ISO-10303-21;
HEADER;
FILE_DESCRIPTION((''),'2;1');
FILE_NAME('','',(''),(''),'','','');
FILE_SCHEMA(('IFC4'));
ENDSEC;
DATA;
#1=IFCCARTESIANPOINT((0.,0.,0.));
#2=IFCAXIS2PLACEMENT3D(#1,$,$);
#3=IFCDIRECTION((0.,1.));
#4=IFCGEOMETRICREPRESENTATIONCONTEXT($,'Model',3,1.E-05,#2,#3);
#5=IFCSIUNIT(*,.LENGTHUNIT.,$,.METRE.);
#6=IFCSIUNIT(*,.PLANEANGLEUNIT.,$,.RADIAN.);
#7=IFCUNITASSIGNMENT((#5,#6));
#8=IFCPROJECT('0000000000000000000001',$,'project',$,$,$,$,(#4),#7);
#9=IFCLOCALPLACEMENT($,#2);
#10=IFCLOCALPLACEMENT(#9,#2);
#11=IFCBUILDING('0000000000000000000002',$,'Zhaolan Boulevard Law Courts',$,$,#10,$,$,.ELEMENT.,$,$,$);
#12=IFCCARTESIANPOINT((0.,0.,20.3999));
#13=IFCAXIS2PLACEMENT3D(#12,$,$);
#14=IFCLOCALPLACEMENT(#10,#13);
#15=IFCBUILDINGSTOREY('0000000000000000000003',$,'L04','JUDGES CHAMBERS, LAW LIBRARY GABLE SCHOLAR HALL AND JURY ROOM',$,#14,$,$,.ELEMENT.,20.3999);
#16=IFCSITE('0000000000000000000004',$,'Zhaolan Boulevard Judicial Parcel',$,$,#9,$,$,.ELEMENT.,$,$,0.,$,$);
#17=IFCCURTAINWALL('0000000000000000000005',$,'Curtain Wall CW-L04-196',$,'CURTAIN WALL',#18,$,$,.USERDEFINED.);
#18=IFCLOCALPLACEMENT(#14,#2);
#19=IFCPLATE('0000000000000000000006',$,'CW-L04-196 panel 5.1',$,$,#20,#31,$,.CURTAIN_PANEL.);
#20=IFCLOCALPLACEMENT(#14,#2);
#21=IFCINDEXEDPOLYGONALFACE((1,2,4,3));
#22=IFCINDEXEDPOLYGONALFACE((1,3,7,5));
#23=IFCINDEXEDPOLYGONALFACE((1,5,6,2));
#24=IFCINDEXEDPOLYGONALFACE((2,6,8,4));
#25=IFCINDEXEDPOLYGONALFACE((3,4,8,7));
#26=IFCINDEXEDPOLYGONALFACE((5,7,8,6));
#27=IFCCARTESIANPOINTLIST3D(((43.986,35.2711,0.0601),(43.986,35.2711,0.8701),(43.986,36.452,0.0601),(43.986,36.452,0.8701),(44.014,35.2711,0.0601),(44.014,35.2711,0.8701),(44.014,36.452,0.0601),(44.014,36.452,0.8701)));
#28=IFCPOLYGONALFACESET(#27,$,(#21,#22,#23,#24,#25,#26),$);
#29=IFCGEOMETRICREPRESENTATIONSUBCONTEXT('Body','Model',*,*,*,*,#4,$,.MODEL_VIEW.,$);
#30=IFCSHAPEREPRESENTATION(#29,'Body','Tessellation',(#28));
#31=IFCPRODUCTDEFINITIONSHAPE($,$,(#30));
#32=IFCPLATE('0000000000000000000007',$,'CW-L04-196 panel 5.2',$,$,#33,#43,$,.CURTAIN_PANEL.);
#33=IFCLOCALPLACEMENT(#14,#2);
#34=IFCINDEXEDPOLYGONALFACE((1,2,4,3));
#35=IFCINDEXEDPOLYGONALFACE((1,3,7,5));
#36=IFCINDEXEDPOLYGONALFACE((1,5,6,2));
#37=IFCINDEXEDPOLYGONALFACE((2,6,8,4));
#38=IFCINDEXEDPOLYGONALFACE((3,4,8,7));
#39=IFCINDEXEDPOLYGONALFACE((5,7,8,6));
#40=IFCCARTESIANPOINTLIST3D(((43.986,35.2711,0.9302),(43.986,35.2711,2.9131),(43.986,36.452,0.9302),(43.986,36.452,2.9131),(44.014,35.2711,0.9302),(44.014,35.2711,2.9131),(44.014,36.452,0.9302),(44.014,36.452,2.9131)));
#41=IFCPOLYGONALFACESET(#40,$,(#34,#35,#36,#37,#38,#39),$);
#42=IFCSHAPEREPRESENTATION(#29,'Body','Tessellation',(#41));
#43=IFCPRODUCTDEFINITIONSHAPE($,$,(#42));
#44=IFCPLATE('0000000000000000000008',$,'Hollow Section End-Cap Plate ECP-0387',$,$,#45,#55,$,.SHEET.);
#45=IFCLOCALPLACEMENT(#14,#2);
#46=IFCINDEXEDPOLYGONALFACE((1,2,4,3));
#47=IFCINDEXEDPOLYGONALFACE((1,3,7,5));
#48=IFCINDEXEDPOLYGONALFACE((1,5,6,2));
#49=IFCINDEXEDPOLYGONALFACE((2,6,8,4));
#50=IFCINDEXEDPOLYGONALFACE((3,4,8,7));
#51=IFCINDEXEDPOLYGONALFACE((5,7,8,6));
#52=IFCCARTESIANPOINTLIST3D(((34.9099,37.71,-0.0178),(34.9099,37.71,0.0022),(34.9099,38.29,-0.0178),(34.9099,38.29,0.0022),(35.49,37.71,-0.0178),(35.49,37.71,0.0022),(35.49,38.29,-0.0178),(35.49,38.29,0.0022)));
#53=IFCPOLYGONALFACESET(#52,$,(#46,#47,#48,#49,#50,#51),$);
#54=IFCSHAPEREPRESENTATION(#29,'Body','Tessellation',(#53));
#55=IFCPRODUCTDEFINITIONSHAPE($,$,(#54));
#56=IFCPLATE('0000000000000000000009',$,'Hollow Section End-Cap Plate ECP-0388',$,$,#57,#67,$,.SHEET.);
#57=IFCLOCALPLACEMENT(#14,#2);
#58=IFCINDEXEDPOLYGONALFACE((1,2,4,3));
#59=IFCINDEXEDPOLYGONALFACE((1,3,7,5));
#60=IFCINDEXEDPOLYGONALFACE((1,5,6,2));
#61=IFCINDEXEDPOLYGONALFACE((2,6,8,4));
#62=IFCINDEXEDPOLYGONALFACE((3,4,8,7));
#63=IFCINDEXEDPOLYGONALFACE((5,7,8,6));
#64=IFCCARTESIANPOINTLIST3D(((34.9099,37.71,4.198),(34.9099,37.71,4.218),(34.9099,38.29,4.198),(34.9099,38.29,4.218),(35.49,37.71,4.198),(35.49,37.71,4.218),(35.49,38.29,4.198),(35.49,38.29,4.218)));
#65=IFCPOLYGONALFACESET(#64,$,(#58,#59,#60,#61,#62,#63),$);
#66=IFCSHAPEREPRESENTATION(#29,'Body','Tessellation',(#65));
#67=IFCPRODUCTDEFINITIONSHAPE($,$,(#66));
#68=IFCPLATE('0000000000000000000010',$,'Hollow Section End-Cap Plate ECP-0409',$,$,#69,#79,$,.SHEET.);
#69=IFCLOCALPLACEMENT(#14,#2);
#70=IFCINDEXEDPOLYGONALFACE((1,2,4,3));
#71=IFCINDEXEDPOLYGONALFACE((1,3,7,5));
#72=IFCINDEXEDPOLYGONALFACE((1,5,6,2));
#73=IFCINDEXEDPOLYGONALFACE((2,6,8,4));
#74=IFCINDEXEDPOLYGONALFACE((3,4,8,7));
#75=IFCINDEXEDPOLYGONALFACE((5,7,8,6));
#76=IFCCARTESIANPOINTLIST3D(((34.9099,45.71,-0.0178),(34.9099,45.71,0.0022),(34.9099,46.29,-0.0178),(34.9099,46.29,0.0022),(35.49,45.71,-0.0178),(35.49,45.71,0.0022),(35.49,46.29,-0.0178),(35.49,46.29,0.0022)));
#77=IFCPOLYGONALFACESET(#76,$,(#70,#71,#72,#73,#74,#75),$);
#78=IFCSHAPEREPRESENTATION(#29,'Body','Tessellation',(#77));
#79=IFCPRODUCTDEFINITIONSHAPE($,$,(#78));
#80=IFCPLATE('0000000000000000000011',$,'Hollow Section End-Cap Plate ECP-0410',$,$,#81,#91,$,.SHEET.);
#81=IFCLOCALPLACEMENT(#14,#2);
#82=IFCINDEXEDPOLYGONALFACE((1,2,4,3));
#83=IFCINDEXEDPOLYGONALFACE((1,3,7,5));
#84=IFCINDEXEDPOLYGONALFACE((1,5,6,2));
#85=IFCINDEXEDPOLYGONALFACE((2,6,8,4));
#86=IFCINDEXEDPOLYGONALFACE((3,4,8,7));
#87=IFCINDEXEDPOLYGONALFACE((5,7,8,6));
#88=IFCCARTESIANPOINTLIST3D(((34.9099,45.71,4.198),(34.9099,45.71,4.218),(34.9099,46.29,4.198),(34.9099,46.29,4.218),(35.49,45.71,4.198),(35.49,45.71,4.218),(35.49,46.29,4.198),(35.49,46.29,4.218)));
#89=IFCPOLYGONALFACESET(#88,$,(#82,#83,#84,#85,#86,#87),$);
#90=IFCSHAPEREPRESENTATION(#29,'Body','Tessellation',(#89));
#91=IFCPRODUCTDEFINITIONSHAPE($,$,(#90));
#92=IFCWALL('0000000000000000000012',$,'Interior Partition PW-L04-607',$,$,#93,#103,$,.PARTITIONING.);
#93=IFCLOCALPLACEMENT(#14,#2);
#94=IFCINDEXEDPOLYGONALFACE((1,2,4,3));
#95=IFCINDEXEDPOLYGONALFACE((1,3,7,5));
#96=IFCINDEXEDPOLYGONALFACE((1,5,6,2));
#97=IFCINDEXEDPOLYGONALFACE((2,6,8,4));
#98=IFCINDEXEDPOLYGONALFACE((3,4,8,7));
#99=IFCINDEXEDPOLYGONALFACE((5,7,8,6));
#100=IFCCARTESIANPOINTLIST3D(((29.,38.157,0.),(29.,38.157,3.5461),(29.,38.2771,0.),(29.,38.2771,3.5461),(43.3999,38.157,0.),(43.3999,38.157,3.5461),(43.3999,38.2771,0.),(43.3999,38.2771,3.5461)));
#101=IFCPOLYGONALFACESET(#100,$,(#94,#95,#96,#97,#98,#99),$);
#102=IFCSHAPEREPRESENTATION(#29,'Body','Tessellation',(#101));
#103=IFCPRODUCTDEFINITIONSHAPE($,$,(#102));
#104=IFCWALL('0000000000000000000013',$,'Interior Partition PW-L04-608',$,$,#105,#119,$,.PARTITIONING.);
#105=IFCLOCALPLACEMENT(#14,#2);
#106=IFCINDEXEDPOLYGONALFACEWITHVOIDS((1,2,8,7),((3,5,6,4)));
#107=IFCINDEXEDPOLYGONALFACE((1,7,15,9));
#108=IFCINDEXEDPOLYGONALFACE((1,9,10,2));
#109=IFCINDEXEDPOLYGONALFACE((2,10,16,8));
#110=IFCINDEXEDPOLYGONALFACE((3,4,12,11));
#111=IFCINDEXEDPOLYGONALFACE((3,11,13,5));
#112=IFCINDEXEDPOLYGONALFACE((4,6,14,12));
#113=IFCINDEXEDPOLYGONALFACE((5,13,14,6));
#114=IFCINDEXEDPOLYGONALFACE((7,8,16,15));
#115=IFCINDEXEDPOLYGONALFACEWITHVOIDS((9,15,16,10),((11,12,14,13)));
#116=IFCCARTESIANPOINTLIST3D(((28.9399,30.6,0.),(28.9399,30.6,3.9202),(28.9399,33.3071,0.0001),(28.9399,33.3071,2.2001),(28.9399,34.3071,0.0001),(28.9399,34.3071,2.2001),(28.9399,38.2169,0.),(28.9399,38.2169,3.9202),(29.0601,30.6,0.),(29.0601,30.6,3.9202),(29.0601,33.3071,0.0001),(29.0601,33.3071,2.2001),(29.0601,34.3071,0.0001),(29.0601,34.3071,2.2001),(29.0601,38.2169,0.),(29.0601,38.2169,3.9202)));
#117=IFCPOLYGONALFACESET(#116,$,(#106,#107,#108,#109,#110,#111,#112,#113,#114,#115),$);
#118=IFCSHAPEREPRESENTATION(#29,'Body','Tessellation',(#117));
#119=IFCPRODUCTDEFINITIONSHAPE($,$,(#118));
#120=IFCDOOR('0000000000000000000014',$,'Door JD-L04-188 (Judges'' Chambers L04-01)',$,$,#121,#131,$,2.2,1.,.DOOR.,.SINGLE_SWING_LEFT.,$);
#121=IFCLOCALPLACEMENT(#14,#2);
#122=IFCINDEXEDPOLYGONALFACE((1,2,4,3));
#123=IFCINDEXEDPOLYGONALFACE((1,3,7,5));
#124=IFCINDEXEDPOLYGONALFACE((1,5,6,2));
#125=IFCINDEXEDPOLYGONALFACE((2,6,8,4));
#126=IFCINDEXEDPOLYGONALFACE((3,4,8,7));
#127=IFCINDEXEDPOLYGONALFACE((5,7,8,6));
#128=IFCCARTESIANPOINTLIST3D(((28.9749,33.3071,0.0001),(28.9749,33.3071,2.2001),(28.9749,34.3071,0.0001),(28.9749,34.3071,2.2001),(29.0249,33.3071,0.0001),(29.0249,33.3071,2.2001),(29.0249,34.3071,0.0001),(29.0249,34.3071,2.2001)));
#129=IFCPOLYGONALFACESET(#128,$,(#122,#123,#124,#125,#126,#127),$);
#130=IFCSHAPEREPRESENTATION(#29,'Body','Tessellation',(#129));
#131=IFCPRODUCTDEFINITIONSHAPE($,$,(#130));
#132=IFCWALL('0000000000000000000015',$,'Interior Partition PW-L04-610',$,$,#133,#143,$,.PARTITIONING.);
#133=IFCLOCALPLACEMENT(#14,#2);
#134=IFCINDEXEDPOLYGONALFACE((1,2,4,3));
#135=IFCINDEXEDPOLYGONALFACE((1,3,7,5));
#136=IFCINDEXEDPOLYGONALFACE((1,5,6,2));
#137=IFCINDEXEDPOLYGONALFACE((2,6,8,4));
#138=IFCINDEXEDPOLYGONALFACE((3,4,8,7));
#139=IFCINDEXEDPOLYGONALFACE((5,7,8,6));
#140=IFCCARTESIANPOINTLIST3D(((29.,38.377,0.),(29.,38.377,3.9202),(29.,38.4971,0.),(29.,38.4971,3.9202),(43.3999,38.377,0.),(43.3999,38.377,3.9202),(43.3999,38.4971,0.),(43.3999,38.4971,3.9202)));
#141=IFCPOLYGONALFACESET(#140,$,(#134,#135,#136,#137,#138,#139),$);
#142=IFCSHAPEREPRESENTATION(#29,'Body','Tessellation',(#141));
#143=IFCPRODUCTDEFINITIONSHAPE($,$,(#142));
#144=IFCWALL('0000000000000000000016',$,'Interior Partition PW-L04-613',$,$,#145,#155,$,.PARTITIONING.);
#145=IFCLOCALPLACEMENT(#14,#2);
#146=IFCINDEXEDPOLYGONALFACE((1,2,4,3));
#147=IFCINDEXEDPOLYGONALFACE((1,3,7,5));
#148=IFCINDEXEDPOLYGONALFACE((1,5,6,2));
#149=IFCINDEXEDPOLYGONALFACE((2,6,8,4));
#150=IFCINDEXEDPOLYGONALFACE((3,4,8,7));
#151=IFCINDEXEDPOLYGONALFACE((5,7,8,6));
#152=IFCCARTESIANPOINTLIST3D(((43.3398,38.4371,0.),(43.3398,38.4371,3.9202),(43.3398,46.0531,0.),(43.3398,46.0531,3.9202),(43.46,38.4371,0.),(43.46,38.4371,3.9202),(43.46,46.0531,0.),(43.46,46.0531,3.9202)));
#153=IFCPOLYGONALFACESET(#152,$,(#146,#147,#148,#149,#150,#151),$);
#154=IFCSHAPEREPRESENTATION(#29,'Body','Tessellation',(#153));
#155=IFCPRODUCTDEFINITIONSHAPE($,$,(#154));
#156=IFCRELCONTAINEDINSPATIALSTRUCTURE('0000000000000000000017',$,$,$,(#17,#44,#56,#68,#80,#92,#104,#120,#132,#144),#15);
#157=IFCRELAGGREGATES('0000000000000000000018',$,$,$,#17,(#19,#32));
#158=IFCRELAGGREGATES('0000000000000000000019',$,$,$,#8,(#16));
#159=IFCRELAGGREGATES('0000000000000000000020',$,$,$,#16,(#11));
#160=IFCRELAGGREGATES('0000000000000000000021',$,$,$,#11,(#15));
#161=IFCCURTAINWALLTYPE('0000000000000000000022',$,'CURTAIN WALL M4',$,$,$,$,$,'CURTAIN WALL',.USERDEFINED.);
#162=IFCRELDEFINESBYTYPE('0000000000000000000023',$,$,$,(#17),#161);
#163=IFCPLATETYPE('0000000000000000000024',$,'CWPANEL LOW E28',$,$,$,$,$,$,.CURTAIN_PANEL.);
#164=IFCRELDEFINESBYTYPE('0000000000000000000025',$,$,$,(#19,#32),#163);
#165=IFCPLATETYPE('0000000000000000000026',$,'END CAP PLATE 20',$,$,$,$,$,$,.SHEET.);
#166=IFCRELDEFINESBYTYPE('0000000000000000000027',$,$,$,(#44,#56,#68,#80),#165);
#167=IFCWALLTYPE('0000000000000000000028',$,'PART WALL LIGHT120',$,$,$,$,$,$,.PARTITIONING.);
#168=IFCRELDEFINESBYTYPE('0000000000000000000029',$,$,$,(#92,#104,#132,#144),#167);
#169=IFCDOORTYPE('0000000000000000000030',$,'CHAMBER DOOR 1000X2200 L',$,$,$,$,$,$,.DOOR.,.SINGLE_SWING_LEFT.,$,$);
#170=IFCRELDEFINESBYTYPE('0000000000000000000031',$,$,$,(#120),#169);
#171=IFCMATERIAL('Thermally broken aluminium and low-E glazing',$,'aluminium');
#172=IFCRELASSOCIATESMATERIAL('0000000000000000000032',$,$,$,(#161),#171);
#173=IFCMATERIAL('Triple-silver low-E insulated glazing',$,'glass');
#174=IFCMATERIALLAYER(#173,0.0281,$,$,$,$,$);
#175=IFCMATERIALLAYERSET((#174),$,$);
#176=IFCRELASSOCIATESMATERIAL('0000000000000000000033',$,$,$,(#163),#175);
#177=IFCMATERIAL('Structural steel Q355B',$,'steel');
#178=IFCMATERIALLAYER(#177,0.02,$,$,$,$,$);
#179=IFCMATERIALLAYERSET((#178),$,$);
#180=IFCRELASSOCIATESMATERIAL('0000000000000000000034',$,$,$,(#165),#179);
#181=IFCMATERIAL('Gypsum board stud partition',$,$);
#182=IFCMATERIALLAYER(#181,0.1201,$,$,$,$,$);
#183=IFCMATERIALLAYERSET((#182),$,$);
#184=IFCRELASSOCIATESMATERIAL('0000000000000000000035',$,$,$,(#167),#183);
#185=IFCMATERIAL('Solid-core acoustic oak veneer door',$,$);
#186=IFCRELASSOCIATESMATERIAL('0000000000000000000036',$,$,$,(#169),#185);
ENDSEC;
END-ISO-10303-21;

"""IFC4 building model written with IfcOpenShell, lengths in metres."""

from ifc_helpers import new_model, si_unit, direction, frame, frame_2d, origin, origin_2d, place, context, subcontext, project, spatial, rectangle, extrude, material, layer, layer_set, type_object, element, fill, aggregate, save


model = new_model("IFC4")

# Units and contexts
model_context = context("Model", 3, precision=1e-05, world=origin(), true_north=direction((0.0, 1.0)))
body_context = subcontext(model_context, "Body", "Model", "MODEL_VIEW")
ifc_project = project(units=[si_unit("LENGTHUNIT", "METRE"), si_unit("PLANEANGLEUNIT", "RADIAN")], contexts=[model_context])

# Site, building, storey
site_placement = place(None, origin())
site = spatial("IfcSite", under=ifc_project, at=site_placement, Name="Zhaolan Boulevard Judicial Parcel", CompositionType="ELEMENT", RefElevation=0.0)
building_placement = place(site_placement, origin())
building = spatial("IfcBuilding", under=site, at=building_placement, Name="Zhaolan Boulevard Law Courts", CompositionType="ELEMENT")
storey_placement = place(building_placement, frame((0.0, 0.0, 20.3999)))
storey = spatial("IfcBuildingStorey", under=building, at=storey_placement, Name="L04", Description="JUDGES CHAMBERS, LAW LIBRARY GABLE SCHOLAR HALL AND JURY ROOM", CompositionType="ELEMENT", Elevation=20.3999)

# Curtain wall
ifc_material_1 = material(Name="Thermally broken aluminium and low-E glazing", Category="aluminium")
curtain_wall_type = type_object("IfcCurtainWallType", Name="CURTAIN WALL M4", ElementType="CURTAIN WALL", PredefinedType="USERDEFINED", material=ifc_material_1)
curtain_wall_placement = place(storey_placement, origin())
curtain_wall = element("IfcCurtainWall", 1, at=curtain_wall_placement, inside=storey, type_object=curtain_wall_type, Name="Curtain Wall CW-L04-196", ObjectType="CURTAIN WALL", PredefinedType="USERDEFINED")

# Plates
ifc_material_2 = material(Name="Triple-silver low-E insulated glazing", Category="glass")
ifc_layer_1 = layer(ifc_material_2, 0.0281)
ifc_layer_set_1 = layer_set([ifc_layer_1])
plate_type_1 = type_object("IfcPlateType", Name="CWPANEL LOW E28", PredefinedType="CURTAIN_PANEL", material=ifc_layer_set_1)
plate_1_placement = place(storey_placement, frame((44.0, 35.8616, 0.0601), z_axis=(0.0, 0.0, 1.0), x_axis=(0.0, 1.0, 0.0)))
plate_1 = element("IfcPlate", 2, at=plate_1_placement, type_object=plate_type_1, Name="CW-L04-196 panel 5.1", PredefinedType="CURTAIN_PANEL", context=body_context, shape_type="SweptSolid", body=[
    extrude(rectangle(XDim=1.1809, YDim=0.0281, at=origin_2d()), origin(), (0.0, 0.0, 1.0), 0.8101),
])
plate_2_placement = place(storey_placement, frame((44.0, 35.8616, 0.9302), z_axis=(0.0, 0.0, 1.0), x_axis=(0.0, 1.0, 0.0)))
plate_2 = element("IfcPlate", 3, at=plate_2_placement, type_object=plate_type_1, Name="CW-L04-196 panel 5.2", PredefinedType="CURTAIN_PANEL", context=body_context, shape_type="SweptSolid", body=[
    extrude(rectangle(XDim=1.1809, YDim=0.0281, at=origin_2d()), origin(), (0.0, 0.0, 1.0), 1.9829),
])
aggregate(curtain_wall, [plate_1, plate_2])

# Plates
ifc_material_3 = material(Name="Structural steel Q355B", Category="steel")
ifc_layer_2 = layer(ifc_material_3, 0.02)
ifc_layer_set_2 = layer_set([ifc_layer_2])
plate_type_2 = type_object("IfcPlateType", Name="END CAP PLATE 20", PredefinedType="SHEET", material=ifc_layer_set_2)
for number, where, z_axis, x_axis, name in (
    (4, (35.2, 38.0, -0.0178), (0.0, 0.0, 1.0), (1.0, 0.0, 0.0), "Hollow Section End-Cap Plate ECP-0387"),
    (5, (35.2, 38.0, 4.198), (0.0, 0.0, 1.0), (1.0, 0.0, 0.0), "Hollow Section End-Cap Plate ECP-0388"),
    (6, (35.2, 46.0, -0.0178), (0.0, 0.0, 1.0), (1.0, 0.0, 0.0), "Hollow Section End-Cap Plate ECP-0409"),
    (7, (35.2, 46.0, 4.198), (0.0, 0.0, 1.0), (1.0, 0.0, 0.0), "Hollow Section End-Cap Plate ECP-0410"),
):
    element("IfcPlate", number, at=place(storey_placement, frame(where, z_axis=z_axis, x_axis=x_axis)), inside=storey, type_object=plate_type_2, Name=name, PredefinedType="SHEET", context=body_context, shape_type="SweptSolid", body=[
        extrude(rectangle(XDim=0.5801, YDim=0.5801, at=origin_2d()), origin(), (0.0, 0.0, 1.0), 0.02),
    ])

# Wall
ifc_material_4 = material(Name="Gypsum board stud partition")
ifc_layer_3 = layer(ifc_material_4, 0.1201)
ifc_layer_set_3 = layer_set([ifc_layer_3])
wall_type = type_object("IfcWallType", Name="PART WALL LIGHT120", PredefinedType="PARTITIONING", material=ifc_layer_set_3)
wall_1_placement = place(storey_placement, frame((43.3999, 38.217, 0.0), z_axis=(0.0, 0.0, 1.0), x_axis=(-1.0, 0.0, 0.0)))
element("IfcWall", 8, at=wall_1_placement, inside=storey, type_object=wall_type, Name="Interior Partition PW-L04-607", PredefinedType="PARTITIONING", context=body_context, shape_type="SweptSolid", body=[
    extrude(rectangle(XDim=14.3999, YDim=0.1201, at=frame_2d((7.2, 0.0))), origin(), (0.0, 0.0, 1.0), 3.5461),
])

# Wall, opening, door
wall_2_placement = place(storey_placement, frame((29.0, 38.217, 0.0), z_axis=(0.0, 0.0, 1.0), x_axis=(0.0, -1.0, 0.0)))
wall_2 = element("IfcWall", 9, at=wall_2_placement, inside=storey, type_object=wall_type, Name="Interior Partition PW-L04-608", PredefinedType="PARTITIONING", context=body_context, shape_type="SweptSolid", body=[
    extrude(rectangle(XDim=7.6169, YDim=0.1201, at=frame_2d((3.8086, 0.0))), origin(), (0.0, 0.0, 1.0), 3.9202),
])
opening_placement = place(wall_2_placement, frame((3.9099, 0.0, 0.0)))
opening = element("IfcOpeningElement", 10, at=opening_placement, cuts=wall_2, PredefinedType="OPENING", context=body_context, shape_type="SweptSolid", body=[
    extrude(rectangle(XDim=1.0, YDim=2.2, at=frame_2d((0.5, 1.1001))), frame((0.0, 0.0701, 0.0), z_axis=(0.0, -1.0, 0.0), x_axis=(1.0, 0.0, 0.0)), (0.0, 0.0, 1.0), 0.1401),
])
ifc_material_5 = material(Name="Solid-core acoustic oak veneer door")
door_type = type_object("IfcDoorType", Name="CHAMBER DOOR 1000X2200 L", OperationType="SINGLE_SWING_LEFT", PredefinedType="DOOR", material=ifc_material_5)
door_placement = place(opening_placement, origin())
door = element("IfcDoor", 11, at=door_placement, inside=storey, type_object=door_type, Name="Door JD-L04-188 (Judges' Chambers L04-01)", OperationType="SINGLE_SWING_LEFT", OverallHeight=2.2, OverallWidth=1.0, PredefinedType="DOOR", context=body_context, shape_type="SweptSolid", body=[
    extrude(rectangle(XDim=1.0, YDim=2.2, at=frame_2d((0.5, 1.1001))), frame((0.0, 0.0249, 0.0), z_axis=(0.0, -1.0, 0.0), x_axis=(1.0, 0.0, 0.0)), (0.0, 0.0, 1.0), 0.05),
])
fill(opening, door)

# Walls
wall_3_placement = place(storey_placement, frame((29.0, 38.437, 0.0), z_axis=(0.0, 0.0, 1.0), x_axis=(1.0, 0.0, 0.0)))
element("IfcWall", 12, at=wall_3_placement, inside=storey, type_object=wall_type, Name="Interior Partition PW-L04-610", PredefinedType="PARTITIONING", context=body_context, shape_type="SweptSolid", body=[
    extrude(rectangle(XDim=14.3999, YDim=0.1201, at=frame_2d((7.2, 0.0))), origin(), (0.0, 0.0, 1.0), 3.9202),
])
wall_4_placement = place(storey_placement, frame((43.3999, 38.437, 0.0), z_axis=(0.0, 0.0, 1.0), x_axis=(0.0, 1.0, 0.0)))
element("IfcWall", 13, at=wall_4_placement, inside=storey, type_object=wall_type, Name="Interior Partition PW-L04-613", PredefinedType="PARTITIONING", context=body_context, shape_type="SweptSolid", body=[
    extrude(rectangle(XDim=7.616, YDim=0.1201, at=frame_2d((3.8081, 0.0))), origin(), (0.0, 0.0, 1.0), 3.9202),
])

save(model, "model.ifc")
